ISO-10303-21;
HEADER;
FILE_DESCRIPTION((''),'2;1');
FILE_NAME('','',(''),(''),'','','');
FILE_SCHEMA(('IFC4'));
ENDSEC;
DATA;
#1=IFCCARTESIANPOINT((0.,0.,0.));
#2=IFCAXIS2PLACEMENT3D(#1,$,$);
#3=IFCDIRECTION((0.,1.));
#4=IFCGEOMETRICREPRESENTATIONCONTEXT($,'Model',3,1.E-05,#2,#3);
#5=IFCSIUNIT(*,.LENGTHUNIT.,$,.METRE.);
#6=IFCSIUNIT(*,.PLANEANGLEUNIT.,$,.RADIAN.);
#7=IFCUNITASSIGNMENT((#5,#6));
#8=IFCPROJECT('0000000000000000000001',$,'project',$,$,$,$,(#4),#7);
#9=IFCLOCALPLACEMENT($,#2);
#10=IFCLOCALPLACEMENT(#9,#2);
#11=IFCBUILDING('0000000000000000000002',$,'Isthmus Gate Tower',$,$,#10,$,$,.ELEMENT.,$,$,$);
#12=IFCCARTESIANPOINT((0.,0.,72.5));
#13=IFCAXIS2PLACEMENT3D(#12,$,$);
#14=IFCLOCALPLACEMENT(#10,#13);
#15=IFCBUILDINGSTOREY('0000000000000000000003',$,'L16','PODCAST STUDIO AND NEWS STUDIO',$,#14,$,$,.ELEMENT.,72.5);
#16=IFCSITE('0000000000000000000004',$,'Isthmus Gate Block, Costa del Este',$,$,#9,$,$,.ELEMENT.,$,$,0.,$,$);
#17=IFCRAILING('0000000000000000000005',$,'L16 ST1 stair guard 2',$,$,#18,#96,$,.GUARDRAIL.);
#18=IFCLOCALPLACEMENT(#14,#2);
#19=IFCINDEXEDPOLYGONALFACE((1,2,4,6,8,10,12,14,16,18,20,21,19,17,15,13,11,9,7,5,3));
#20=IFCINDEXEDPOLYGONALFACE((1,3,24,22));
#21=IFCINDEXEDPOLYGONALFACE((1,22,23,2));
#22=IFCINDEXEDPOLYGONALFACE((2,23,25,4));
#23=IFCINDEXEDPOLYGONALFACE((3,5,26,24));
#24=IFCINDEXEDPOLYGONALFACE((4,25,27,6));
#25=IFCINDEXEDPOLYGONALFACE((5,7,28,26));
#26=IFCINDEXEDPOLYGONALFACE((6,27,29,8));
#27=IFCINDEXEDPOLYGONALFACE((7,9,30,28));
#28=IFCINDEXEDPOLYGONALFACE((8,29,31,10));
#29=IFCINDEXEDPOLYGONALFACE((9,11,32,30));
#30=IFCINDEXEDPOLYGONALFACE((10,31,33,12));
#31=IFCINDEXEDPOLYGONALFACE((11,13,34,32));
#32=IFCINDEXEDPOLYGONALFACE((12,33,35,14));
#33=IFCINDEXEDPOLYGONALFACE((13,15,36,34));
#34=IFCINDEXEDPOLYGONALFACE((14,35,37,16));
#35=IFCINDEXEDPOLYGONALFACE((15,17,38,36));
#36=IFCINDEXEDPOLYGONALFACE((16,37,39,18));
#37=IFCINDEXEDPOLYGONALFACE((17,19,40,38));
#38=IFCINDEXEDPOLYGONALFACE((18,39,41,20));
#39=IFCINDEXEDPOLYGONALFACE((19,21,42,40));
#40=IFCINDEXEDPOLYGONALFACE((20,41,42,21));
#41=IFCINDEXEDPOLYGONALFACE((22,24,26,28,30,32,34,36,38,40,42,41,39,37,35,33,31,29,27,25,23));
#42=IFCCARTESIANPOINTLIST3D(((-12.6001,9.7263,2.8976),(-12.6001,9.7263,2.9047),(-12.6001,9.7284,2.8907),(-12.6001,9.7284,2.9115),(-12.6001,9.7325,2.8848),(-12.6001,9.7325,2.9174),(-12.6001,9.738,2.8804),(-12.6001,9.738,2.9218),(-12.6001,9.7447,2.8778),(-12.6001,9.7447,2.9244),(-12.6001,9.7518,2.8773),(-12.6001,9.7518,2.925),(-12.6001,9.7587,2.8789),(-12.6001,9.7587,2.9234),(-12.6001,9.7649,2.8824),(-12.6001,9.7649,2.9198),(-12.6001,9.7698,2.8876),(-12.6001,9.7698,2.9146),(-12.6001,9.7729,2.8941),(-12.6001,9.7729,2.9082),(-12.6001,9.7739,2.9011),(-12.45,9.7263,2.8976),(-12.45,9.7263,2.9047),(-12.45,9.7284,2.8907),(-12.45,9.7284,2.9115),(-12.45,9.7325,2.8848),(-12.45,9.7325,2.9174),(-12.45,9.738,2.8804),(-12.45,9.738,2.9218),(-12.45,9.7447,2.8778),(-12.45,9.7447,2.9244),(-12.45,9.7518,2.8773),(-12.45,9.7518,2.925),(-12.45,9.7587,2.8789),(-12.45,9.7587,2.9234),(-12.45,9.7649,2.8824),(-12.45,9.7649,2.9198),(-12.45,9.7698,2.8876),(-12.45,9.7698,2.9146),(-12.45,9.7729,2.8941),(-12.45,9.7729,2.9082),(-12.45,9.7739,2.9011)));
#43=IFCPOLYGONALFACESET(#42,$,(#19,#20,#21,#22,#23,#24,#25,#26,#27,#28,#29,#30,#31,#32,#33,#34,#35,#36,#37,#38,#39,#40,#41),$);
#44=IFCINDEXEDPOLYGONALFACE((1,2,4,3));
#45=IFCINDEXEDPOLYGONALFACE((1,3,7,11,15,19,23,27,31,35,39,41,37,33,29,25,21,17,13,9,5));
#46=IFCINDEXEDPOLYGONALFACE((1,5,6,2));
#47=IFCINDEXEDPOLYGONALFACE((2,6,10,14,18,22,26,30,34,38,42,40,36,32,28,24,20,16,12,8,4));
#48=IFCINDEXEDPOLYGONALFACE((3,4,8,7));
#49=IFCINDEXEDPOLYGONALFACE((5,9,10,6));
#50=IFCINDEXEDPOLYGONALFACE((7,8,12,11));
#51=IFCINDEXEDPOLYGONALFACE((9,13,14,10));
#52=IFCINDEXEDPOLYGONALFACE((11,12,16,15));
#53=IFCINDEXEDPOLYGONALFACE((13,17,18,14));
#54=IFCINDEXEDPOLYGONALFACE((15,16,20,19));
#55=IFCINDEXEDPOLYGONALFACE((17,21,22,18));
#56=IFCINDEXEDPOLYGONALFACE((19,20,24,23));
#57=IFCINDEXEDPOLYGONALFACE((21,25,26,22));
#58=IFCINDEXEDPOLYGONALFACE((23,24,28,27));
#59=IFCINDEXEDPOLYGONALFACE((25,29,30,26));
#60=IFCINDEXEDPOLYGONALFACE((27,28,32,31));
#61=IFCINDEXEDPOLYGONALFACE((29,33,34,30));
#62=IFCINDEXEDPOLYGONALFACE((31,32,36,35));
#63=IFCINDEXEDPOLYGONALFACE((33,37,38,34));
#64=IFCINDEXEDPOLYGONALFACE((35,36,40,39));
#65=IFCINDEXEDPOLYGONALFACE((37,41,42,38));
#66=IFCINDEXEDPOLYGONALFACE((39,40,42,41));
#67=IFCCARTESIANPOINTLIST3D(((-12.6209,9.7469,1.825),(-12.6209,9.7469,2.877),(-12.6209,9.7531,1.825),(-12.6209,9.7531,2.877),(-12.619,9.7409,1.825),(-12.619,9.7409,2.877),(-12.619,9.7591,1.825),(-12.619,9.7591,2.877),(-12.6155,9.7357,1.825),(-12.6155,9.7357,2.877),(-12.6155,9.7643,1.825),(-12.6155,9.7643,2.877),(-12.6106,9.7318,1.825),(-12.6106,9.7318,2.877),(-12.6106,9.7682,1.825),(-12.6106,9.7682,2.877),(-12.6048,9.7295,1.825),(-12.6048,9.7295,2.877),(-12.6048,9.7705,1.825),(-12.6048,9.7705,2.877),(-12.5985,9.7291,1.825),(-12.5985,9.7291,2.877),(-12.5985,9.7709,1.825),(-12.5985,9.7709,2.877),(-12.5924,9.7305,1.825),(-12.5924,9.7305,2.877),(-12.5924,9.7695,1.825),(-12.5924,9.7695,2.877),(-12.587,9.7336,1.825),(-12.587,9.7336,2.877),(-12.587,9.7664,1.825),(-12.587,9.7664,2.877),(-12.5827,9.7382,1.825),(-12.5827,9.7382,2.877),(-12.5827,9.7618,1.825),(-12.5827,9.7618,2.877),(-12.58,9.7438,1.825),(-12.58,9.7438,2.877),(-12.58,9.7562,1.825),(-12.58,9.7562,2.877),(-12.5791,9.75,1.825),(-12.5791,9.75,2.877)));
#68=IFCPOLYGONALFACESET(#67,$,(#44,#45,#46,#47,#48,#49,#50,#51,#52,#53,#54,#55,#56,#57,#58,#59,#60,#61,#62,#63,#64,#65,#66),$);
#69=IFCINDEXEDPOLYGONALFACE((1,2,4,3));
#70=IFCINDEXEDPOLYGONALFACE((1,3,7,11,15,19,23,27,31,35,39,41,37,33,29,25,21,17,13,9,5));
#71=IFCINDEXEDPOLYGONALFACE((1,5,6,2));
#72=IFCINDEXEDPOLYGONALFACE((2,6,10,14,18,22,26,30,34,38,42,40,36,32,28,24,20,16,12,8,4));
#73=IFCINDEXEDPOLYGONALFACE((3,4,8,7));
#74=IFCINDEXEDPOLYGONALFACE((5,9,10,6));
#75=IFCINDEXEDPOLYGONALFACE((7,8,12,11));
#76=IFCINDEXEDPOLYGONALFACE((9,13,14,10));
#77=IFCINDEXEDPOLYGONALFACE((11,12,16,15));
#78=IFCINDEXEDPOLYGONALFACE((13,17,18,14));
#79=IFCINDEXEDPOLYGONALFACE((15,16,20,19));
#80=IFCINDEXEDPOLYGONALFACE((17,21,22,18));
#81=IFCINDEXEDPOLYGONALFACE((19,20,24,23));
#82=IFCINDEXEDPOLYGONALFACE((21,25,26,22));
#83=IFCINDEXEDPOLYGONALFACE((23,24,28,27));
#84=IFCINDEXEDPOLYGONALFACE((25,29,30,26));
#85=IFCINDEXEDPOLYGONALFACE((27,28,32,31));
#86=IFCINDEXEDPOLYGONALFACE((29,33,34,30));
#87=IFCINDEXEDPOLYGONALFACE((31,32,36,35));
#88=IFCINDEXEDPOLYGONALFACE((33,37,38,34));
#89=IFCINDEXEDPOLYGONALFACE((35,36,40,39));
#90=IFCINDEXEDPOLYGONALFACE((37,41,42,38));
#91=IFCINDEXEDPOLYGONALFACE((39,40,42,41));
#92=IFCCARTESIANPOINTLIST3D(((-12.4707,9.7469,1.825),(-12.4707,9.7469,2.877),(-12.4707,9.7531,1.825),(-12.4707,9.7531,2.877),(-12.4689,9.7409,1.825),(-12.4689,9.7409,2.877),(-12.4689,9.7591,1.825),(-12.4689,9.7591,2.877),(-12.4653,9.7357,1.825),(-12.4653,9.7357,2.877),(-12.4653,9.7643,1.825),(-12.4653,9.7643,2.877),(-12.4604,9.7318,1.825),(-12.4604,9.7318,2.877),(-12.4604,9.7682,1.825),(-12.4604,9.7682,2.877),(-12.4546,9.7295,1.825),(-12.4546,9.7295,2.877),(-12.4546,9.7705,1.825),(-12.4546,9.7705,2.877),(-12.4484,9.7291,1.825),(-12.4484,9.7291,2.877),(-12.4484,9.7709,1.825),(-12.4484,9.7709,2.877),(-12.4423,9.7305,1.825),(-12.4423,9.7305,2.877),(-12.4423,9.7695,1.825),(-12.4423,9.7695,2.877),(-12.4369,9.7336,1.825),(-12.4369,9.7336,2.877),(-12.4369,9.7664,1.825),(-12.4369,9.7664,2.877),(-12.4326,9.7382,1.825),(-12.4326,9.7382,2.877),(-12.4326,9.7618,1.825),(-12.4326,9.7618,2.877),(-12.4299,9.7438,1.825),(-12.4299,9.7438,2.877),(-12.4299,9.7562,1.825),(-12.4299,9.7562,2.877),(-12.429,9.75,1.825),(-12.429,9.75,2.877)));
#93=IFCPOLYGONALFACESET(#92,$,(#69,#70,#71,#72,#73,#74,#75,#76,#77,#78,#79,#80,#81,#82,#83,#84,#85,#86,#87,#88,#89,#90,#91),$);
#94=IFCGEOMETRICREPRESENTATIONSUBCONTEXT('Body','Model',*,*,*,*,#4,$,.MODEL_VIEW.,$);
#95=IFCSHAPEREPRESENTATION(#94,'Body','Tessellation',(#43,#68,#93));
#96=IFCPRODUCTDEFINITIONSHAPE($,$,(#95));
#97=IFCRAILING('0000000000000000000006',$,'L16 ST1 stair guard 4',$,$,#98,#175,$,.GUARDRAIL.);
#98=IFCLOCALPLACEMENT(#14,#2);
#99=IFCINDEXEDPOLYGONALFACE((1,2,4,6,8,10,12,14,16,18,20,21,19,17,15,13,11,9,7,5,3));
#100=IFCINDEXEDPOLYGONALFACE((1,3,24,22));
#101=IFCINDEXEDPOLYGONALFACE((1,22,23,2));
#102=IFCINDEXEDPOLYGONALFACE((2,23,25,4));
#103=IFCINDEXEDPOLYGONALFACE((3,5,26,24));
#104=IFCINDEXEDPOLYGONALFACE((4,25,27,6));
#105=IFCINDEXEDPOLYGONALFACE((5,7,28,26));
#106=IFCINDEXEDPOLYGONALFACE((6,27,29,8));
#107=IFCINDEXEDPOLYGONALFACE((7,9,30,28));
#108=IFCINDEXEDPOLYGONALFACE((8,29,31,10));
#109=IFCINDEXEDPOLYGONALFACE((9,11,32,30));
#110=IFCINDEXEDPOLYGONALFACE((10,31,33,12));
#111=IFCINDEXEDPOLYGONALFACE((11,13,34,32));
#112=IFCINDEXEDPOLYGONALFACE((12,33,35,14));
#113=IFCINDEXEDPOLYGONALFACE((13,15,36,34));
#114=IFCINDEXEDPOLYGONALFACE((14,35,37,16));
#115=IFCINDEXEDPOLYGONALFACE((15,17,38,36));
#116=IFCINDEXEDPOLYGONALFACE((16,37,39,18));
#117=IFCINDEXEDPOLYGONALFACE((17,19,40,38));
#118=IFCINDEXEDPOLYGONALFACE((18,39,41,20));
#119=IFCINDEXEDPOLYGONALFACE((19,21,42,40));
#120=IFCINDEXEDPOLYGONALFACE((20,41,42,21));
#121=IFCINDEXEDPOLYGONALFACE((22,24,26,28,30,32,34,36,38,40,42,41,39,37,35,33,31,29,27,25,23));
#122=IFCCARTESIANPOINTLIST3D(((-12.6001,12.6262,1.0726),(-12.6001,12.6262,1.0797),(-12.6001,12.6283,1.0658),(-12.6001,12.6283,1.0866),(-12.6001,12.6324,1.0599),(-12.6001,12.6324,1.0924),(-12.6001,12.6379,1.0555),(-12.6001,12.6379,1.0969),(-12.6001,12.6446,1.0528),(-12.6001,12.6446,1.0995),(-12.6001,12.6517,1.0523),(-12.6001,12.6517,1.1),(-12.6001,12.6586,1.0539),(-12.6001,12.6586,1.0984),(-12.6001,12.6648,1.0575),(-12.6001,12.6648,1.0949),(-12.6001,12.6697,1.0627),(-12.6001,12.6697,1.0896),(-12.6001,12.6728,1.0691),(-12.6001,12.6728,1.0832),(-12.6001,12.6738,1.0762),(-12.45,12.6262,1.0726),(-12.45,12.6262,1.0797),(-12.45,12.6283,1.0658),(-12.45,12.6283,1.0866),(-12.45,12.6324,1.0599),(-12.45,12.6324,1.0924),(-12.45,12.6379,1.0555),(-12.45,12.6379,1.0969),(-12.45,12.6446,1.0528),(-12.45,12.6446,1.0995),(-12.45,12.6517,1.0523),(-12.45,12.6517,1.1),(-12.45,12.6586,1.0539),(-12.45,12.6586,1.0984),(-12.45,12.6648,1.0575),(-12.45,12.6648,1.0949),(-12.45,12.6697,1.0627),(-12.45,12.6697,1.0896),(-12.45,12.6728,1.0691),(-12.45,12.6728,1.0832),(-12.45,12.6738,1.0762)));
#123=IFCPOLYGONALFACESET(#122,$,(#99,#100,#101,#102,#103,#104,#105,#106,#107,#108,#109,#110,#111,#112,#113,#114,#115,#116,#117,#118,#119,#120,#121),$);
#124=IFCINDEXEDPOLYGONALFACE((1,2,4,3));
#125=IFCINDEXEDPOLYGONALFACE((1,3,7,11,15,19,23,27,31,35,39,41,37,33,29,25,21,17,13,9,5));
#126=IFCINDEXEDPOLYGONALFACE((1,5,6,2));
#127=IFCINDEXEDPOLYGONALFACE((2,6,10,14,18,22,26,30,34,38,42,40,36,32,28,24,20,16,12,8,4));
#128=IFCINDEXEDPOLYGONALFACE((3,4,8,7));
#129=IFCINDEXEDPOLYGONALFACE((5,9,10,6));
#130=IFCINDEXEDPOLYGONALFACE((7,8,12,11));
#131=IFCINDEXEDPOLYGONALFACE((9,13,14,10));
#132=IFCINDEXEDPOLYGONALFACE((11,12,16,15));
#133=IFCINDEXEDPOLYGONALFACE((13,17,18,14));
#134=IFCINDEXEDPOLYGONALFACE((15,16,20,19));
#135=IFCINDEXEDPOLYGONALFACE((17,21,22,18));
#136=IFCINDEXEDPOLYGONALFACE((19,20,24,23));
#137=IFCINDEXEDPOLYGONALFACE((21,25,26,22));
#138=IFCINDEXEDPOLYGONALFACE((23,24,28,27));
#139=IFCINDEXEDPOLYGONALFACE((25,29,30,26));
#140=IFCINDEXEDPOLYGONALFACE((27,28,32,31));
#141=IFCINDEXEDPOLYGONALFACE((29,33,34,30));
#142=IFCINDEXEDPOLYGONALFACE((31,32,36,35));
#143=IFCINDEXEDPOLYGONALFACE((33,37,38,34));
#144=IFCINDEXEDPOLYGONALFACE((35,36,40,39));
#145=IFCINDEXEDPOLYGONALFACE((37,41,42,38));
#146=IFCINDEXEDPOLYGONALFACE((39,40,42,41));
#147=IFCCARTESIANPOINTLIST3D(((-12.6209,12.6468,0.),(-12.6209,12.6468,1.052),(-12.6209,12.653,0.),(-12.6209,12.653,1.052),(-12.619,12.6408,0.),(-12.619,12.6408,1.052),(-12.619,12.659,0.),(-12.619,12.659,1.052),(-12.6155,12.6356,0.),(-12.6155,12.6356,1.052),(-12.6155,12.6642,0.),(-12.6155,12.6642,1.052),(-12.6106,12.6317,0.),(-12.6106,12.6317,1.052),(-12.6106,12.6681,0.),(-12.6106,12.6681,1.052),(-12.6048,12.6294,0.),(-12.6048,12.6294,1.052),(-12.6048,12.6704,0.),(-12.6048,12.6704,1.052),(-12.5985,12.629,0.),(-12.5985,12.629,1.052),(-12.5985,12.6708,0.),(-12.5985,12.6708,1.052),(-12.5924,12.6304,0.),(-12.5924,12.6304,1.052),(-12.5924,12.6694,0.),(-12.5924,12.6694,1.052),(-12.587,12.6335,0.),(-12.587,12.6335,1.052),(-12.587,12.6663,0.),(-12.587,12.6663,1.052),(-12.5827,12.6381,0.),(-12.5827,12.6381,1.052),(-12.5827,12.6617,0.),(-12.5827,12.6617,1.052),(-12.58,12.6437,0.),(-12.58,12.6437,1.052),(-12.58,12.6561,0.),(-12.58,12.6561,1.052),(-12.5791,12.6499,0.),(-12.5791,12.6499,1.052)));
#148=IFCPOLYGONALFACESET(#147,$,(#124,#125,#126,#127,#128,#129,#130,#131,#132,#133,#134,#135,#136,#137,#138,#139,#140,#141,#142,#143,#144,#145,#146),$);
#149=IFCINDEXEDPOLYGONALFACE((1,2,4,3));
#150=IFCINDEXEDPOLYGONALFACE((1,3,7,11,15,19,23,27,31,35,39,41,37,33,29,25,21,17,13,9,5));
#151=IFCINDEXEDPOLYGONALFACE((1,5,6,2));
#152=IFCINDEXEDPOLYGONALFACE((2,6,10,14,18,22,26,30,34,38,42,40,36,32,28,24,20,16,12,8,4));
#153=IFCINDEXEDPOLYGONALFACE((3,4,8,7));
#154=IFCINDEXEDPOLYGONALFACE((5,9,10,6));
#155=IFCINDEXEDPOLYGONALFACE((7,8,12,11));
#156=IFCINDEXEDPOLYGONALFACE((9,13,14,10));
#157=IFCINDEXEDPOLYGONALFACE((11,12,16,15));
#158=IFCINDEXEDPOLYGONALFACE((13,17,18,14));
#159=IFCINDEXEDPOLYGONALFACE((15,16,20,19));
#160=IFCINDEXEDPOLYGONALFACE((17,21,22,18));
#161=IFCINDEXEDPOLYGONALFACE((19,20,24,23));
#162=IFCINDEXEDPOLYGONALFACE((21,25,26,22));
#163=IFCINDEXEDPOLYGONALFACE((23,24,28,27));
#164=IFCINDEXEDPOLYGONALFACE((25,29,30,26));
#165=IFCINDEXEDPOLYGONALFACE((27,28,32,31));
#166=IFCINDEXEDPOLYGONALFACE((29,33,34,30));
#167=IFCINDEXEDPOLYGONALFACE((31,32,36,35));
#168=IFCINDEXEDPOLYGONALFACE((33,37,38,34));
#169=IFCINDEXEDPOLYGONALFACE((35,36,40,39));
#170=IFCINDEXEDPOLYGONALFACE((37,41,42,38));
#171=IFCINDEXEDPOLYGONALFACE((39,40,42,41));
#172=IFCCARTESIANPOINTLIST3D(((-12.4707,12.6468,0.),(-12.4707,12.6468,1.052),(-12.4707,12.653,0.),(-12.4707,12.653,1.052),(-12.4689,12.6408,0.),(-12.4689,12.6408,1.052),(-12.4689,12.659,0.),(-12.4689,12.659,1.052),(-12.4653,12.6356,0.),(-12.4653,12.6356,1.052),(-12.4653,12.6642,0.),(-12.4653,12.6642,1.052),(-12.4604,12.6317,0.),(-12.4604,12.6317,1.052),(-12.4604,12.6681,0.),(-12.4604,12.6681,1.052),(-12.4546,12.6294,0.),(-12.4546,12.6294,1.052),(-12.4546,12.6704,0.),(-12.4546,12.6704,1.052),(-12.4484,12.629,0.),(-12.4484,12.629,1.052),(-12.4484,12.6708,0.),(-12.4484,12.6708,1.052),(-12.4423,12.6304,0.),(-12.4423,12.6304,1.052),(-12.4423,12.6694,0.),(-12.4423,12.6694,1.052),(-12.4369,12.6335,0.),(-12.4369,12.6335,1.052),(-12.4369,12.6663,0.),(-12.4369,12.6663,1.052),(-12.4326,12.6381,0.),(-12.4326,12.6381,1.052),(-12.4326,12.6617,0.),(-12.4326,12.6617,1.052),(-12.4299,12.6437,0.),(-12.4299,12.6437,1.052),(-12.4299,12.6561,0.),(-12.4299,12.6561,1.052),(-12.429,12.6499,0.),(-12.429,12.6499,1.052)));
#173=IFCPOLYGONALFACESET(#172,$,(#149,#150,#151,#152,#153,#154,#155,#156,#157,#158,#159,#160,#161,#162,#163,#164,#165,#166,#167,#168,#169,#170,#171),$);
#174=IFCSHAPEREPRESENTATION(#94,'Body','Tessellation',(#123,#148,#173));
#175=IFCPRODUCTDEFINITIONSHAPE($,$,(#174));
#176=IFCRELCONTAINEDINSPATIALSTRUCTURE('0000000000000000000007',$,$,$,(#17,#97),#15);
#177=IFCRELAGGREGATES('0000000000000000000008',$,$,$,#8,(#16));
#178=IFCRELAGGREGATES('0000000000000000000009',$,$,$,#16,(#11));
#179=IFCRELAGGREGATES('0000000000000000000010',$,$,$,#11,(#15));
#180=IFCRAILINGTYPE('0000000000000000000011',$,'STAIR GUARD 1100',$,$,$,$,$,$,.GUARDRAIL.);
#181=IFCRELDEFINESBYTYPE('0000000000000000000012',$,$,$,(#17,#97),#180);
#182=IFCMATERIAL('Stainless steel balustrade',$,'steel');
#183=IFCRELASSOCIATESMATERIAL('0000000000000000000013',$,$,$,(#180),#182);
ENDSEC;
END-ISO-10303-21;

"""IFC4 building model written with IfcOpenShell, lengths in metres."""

from ifc_helpers import new_model, si_unit, direction, frame, origin, origin_2d, place, context, subcontext, project, spatial, circle, extrude, material, type_object, element, save


model = new_model("IFC4")

# Units and contexts
model_context = context("Model", 3, precision=1e-05, world=origin(), true_north=direction((0.0, 1.0)))
body_context = subcontext(model_context, "Body", "Model", "MODEL_VIEW")
ifc_project = project(units=[si_unit("LENGTHUNIT", "METRE"), si_unit("PLANEANGLEUNIT", "RADIAN")], contexts=[model_context])

# Site, building, storey
site_placement = place(None, origin())
site = spatial("IfcSite", under=ifc_project, at=site_placement, Name="Isthmus Gate Block, Costa del Este", CompositionType="ELEMENT", RefElevation=0.0)
building_placement = place(site_placement, origin())
building = spatial("IfcBuilding", under=site, at=building_placement, Name="Isthmus Gate Tower", CompositionType="ELEMENT")
storey_placement = place(building_placement, frame((0.0, 0.0, 72.5)))
storey = spatial("IfcBuildingStorey", under=building, at=storey_placement, Name="L16", Description="PODCAST STUDIO AND NEWS STUDIO", CompositionType="ELEMENT", Elevation=72.5)

# Railings
ifc_material_1 = material(Name="Stainless steel balustrade", Category="steel")
railing_type_1 = type_object("IfcRailingType", Name="STAIR GUARD 1100", PredefinedType="GUARDRAIL", material=ifc_material_1)
for number, where, name in (
    (1, (-12.6001, 9.75, 1.825), "L16 ST1 stair guard 2"),
    (2, (-12.6001, 12.6499, 0.0), "L16 ST1 stair guard 4"),
):
    element("IfcRailing", number, at=place(storey_placement, frame(where)), inside=storey, type_object=railing_type_1, Name=name, PredefinedType="GUARDRAIL", context=body_context, shape_type="SweptSolid", body=[
        extrude(circle(Radius=0.0239, at=origin_2d()), frame((0.0, 0.0, 1.0762), z_axis=(1.0, 0.0, 0.0), x_axis=(0.0, 1.0, 0.0)), (0.0, 0.0, 1.0), 0.1501),
        extrude(circle(Radius=0.021, at=origin_2d()), origin(), (0.0, 0.0, 1.0), 1.052),
        extrude(circle(Radius=0.021, at=origin_2d()), frame((0.1501, 0.0, 0.0)), (0.0, 0.0, 1.0), 1.052),
    ])

save(model, "model.ifc")
